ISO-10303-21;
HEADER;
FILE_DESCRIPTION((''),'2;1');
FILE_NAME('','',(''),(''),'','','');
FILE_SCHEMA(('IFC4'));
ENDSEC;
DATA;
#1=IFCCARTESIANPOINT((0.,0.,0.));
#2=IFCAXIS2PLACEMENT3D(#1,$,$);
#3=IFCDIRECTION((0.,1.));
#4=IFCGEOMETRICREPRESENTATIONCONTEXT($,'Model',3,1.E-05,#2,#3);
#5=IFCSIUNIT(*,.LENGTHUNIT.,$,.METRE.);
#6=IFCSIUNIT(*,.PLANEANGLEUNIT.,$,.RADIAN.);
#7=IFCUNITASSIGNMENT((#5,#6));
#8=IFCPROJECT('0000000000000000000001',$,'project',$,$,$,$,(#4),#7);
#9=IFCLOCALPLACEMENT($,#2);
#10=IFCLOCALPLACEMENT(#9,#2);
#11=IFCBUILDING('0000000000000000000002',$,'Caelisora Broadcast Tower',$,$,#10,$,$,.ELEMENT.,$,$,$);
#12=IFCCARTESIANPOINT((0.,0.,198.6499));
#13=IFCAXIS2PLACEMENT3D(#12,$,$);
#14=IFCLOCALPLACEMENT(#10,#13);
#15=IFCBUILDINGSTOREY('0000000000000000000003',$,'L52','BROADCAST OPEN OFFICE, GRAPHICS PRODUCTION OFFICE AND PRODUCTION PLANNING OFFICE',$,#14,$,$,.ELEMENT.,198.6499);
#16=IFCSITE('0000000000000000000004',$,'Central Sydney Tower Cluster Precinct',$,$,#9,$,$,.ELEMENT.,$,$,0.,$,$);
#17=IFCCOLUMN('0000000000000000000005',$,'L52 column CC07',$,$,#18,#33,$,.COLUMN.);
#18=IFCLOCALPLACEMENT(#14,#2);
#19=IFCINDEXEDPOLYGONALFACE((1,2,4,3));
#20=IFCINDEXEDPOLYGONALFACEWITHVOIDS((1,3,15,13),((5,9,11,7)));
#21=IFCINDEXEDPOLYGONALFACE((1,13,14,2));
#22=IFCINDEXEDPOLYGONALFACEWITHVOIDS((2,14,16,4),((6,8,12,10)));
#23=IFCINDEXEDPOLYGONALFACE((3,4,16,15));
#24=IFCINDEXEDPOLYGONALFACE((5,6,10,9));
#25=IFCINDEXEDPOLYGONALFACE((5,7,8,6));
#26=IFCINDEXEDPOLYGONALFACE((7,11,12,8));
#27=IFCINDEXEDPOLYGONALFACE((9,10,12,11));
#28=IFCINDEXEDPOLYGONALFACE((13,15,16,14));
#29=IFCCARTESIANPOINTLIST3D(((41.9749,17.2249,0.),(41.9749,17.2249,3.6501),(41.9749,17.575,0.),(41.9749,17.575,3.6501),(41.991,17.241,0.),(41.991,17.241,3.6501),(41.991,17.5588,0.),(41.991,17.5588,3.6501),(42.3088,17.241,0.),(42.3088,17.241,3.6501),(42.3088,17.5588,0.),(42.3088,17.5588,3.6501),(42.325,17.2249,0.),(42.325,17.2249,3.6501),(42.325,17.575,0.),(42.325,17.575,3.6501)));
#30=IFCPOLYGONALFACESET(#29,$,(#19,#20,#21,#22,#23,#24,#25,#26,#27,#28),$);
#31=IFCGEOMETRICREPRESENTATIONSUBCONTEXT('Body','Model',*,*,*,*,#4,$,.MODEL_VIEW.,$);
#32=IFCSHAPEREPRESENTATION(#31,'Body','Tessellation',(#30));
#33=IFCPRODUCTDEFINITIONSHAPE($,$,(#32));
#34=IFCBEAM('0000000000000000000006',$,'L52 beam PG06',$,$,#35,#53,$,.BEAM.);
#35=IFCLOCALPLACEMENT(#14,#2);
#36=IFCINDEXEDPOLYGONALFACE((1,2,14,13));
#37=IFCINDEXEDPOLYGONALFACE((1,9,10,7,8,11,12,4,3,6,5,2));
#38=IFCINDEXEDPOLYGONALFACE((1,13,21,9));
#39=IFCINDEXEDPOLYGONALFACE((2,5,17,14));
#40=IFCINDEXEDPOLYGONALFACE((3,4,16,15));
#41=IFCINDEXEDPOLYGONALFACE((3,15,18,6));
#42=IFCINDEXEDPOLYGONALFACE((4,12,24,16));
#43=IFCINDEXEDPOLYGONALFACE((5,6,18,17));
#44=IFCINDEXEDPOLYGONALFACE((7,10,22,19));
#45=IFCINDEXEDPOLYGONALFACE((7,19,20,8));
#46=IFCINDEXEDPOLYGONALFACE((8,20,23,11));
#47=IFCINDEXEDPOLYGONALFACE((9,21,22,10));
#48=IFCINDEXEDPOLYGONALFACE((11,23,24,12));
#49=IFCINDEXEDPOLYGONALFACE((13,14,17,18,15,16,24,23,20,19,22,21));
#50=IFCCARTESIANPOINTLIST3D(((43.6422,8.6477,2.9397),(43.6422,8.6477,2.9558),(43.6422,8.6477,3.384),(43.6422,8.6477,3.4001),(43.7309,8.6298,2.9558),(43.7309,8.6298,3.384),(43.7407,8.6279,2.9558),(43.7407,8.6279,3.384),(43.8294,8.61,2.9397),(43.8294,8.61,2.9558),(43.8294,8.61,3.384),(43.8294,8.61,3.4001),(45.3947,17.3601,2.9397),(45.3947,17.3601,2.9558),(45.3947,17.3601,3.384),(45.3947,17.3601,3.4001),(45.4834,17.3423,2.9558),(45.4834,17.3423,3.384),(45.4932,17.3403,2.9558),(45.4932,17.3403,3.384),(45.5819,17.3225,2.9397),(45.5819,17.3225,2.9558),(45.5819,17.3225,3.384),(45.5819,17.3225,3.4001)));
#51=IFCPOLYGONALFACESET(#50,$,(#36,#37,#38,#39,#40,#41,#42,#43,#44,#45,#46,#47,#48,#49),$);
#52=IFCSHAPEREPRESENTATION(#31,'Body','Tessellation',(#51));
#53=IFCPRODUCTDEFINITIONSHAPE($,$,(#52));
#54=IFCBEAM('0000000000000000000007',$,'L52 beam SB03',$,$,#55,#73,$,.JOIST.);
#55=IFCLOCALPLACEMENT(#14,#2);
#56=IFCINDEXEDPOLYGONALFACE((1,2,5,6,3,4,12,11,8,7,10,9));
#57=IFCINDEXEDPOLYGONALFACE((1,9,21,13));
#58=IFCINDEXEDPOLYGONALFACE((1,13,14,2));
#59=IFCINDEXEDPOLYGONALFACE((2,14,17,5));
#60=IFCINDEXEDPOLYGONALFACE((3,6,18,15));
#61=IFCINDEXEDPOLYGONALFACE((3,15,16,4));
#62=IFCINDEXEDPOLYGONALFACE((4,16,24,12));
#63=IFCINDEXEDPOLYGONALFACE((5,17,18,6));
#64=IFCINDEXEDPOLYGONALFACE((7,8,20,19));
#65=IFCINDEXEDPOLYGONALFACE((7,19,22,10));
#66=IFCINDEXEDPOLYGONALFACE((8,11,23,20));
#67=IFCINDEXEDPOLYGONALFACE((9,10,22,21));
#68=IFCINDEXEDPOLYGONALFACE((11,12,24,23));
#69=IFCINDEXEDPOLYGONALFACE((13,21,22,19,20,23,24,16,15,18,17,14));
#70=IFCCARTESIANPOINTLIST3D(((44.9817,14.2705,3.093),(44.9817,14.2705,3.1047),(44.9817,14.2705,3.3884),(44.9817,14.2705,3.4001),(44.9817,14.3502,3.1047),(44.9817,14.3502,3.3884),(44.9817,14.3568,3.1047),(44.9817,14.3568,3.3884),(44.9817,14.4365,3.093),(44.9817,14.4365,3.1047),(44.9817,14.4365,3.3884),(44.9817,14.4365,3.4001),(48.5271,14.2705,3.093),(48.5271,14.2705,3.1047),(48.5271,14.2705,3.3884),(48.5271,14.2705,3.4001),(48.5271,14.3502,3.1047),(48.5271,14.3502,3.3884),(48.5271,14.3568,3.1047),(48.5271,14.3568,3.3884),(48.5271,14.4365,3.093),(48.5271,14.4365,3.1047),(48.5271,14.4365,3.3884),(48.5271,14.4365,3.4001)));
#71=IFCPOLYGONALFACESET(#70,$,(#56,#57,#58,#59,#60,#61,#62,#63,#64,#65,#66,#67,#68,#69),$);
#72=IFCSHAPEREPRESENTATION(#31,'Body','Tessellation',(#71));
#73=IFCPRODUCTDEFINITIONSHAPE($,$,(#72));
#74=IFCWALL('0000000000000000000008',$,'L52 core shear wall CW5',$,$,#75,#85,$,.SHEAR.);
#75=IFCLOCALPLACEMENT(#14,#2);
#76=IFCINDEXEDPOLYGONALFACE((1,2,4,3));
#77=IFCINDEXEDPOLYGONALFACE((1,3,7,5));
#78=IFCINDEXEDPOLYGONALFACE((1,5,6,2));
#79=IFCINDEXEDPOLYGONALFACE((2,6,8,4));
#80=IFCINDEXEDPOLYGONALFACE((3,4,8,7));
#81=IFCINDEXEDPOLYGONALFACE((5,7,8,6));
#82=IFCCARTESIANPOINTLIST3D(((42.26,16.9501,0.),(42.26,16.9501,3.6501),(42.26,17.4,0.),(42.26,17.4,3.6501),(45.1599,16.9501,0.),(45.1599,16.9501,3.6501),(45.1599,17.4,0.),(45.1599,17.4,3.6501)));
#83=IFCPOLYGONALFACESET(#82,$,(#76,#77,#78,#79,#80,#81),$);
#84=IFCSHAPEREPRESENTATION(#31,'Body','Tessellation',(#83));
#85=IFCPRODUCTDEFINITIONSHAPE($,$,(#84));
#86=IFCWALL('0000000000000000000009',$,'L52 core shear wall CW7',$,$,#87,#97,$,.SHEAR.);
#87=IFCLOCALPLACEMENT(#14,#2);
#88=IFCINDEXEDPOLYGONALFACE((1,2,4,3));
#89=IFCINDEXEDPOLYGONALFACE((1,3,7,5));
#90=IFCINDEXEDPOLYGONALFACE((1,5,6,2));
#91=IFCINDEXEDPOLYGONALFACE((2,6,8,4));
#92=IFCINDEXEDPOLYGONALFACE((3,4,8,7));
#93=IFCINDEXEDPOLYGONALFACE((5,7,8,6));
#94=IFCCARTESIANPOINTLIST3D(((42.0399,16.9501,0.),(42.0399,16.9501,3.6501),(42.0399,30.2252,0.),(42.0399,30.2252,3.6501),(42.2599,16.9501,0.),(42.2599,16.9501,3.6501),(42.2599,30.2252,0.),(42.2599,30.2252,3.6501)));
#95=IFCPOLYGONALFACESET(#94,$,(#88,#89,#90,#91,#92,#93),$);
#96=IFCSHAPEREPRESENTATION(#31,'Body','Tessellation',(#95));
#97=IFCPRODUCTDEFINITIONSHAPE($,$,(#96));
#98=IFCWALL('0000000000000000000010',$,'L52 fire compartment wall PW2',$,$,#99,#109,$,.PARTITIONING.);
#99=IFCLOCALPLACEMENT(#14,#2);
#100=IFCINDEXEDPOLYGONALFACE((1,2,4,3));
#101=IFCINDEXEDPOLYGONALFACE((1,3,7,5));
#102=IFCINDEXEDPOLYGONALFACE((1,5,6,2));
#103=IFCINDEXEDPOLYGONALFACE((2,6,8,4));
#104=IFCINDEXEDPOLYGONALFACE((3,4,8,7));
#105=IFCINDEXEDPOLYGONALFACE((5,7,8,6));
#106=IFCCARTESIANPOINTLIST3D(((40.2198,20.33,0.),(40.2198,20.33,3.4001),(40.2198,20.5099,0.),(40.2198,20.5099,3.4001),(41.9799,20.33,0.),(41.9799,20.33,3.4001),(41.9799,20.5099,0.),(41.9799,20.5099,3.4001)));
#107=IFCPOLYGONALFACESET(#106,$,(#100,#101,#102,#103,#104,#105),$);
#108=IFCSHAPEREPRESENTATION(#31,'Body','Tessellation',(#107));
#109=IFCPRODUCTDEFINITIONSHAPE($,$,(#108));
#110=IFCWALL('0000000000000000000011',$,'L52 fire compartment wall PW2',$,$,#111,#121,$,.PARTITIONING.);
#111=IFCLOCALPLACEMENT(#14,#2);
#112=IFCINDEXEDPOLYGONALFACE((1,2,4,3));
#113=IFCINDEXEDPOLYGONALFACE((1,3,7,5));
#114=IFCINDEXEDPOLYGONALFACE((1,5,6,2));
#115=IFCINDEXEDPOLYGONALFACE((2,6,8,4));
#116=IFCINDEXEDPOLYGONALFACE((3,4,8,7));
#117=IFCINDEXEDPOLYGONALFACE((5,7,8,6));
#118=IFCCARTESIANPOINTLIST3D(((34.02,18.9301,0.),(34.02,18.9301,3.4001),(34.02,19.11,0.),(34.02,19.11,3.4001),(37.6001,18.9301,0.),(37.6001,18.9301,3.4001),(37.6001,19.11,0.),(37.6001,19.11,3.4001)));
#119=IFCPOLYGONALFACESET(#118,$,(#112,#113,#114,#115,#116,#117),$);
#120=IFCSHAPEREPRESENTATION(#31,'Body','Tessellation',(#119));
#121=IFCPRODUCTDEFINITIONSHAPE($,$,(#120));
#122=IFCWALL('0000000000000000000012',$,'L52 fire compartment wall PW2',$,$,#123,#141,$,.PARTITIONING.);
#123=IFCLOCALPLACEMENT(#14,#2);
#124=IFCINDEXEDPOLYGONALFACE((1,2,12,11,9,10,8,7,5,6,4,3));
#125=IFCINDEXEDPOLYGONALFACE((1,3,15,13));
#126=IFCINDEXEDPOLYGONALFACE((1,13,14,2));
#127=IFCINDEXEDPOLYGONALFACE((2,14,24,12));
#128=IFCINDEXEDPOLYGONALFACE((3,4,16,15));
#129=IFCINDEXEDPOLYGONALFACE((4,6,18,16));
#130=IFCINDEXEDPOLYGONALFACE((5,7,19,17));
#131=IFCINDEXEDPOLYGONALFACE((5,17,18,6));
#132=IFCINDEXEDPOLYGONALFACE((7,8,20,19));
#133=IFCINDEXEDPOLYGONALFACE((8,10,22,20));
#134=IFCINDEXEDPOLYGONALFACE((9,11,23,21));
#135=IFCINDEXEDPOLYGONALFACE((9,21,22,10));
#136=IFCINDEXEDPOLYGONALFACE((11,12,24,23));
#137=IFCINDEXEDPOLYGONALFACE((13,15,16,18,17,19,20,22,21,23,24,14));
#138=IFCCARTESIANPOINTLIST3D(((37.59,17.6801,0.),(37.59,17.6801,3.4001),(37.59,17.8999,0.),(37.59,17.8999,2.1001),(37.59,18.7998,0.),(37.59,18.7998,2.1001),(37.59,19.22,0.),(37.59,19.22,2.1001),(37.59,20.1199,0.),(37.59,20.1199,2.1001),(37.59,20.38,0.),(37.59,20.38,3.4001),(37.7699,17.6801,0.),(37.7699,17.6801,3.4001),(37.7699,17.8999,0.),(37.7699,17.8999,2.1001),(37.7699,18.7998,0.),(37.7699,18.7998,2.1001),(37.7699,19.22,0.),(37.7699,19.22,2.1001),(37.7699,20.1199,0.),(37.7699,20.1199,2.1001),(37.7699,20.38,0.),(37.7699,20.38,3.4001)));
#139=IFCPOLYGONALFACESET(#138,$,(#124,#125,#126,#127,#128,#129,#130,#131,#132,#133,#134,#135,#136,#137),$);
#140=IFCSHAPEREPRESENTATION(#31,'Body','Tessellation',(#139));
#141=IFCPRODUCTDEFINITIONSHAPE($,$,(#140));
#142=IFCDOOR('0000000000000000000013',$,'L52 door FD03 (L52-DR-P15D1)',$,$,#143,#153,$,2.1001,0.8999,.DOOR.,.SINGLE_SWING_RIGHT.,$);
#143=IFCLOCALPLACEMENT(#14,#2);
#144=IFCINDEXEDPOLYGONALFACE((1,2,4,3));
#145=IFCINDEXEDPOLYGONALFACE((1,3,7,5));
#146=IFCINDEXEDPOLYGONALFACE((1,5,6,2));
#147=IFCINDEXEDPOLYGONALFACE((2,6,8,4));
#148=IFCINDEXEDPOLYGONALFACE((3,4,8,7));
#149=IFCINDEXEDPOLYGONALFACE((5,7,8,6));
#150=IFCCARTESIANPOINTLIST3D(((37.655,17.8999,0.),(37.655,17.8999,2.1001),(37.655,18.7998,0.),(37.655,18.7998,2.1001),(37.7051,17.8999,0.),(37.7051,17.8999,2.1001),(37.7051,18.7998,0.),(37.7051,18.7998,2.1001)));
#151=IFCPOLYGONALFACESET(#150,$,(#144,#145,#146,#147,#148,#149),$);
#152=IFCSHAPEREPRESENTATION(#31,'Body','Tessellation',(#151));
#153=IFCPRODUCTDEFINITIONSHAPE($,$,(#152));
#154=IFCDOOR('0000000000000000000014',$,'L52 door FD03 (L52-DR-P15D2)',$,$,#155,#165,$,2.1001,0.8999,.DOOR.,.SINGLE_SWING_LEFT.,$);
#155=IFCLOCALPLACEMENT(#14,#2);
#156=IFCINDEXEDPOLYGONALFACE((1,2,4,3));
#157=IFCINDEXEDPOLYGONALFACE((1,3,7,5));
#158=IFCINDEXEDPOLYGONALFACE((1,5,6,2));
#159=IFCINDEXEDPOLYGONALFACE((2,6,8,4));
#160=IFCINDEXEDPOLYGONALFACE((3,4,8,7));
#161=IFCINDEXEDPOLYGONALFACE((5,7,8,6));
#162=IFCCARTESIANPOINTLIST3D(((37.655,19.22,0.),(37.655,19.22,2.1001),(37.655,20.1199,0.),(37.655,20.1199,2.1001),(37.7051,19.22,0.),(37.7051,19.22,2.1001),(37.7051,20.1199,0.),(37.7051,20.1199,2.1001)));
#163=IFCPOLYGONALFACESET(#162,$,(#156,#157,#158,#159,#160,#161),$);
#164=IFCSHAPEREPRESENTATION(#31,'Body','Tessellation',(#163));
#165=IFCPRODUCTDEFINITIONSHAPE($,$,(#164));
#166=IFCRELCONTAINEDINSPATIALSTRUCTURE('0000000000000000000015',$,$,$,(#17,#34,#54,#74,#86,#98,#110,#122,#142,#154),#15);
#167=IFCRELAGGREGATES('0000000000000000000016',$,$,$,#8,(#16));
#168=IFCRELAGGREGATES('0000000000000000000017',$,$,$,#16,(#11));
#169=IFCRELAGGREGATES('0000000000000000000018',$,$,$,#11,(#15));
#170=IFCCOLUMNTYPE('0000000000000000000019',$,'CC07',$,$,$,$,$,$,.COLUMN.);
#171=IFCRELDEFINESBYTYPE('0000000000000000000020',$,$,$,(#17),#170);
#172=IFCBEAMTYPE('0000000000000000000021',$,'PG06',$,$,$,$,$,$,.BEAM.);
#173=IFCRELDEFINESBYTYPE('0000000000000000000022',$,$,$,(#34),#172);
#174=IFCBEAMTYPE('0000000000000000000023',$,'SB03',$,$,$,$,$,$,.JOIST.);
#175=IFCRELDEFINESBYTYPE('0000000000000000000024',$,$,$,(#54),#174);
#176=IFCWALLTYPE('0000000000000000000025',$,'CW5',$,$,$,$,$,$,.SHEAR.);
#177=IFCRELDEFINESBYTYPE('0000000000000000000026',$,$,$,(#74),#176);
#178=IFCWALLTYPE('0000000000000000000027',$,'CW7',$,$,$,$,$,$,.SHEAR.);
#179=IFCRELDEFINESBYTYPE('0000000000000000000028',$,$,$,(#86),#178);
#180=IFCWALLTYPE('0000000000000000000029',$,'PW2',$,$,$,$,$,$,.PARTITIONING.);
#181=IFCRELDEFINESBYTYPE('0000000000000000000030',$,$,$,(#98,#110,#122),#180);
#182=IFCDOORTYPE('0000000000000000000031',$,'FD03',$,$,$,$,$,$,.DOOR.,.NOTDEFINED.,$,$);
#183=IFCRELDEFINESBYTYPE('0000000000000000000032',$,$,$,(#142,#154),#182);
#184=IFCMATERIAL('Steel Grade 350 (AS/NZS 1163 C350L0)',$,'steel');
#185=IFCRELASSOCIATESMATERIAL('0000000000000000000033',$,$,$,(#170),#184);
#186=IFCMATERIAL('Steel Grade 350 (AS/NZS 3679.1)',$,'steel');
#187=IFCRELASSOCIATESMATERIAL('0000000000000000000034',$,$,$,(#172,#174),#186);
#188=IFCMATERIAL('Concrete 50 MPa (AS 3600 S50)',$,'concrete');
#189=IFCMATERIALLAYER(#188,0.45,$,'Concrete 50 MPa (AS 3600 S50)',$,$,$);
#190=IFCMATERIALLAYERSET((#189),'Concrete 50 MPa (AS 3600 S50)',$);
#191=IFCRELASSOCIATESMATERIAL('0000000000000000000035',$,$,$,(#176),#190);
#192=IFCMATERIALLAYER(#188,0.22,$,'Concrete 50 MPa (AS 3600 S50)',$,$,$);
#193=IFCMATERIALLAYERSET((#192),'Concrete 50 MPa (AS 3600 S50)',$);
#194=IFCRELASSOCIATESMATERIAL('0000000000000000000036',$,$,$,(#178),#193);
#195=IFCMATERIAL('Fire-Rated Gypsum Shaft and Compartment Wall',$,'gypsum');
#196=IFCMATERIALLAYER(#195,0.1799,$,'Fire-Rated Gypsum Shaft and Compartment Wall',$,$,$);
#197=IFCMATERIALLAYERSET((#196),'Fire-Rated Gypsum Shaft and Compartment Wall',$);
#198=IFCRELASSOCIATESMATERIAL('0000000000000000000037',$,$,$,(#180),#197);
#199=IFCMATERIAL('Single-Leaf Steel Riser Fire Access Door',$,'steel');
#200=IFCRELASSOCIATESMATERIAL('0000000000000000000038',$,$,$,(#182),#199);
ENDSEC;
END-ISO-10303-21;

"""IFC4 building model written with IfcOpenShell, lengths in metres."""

from ifc_helpers import new_model, si_unit, direction, frame, frame_2d, origin, origin_2d, place, context, subcontext, project, spatial, rectangle, hollow_rectangle, i_section, extrude, source, transform, mapped, material, layer, layer_set, material_profile, profile_set, type_object, type_shapes, element, fill, save


model = new_model("IFC4")

# Units and contexts
model_context = context("Model", 3, precision=1e-05, world=origin(), true_north=direction((0.0, 1.0)))
body_context = subcontext(model_context, "Body", "Model", "MODEL_VIEW")
ifc_project = project(units=[si_unit("LENGTHUNIT", "METRE"), si_unit("PLANEANGLEUNIT", "RADIAN")], contexts=[model_context])

# Site, building, storey
site_placement = place(None, origin())
site = spatial("IfcSite", under=ifc_project, at=site_placement, Name="Central Sydney Tower Cluster Precinct", CompositionType="ELEMENT", RefElevation=0.0)
building_placement = place(site_placement, origin())
building = spatial("IfcBuilding", under=site, at=building_placement, Name="Caelisora Broadcast Tower", CompositionType="ELEMENT")
storey_placement = place(building_placement, frame((0.0, 0.0, 198.6499)))
storey = spatial("IfcBuildingStorey", under=building, at=storey_placement, Name="L52", Description="BROADCAST OPEN OFFICE, GRAPHICS PRODUCTION OFFICE AND PRODUCTION PLANNING OFFICE", CompositionType="ELEMENT", Elevation=198.6499)

# Column
ifc_material_1 = material(Name="Steel Grade 350 (AS/NZS 1163 C350L0)", Category="steel")
ifc_material_profile_1 = material_profile(ifc_material_1, hollow_rectangle(XDim=0.3501, YDim=0.3501, WallThickness=0.0161, at=origin_2d()), Name="Steel Grade 350 (AS/NZS 1163 C350L0)")
ifc_profile_set_1 = profile_set([ifc_material_profile_1], Name="Steel Grade 350 (AS/NZS 1163 C350L0)")
column_type = type_object("IfcColumnType", Name="CC07", PredefinedType="COLUMN", material=ifc_profile_set_1)
shared_shape_1 = source(origin(), body_context, "Body", "SweptSolid", [
    extrude(hollow_rectangle(XDim=0.3501, YDim=0.3501, WallThickness=0.0161, at=origin_2d()), origin(), (0.0, 0.0, 1.0), 3.6501),
])
type_shapes(column_type, [shared_shape_1])
column_placement = place(storey_placement, frame((42.1499, 17.3999, 0.0), z_axis=(0.0, 0.0, 1.0), x_axis=(1.0, 0.0, 0.0)))
element("IfcColumn", 1, at=column_placement, inside=storey, type_object=column_type, Name="L52 column CC07", PredefinedType="COLUMN", context=body_context, shape_type="MappedRepresentation", body=[
    mapped(shared_shape_1, transform((0.0, 0.0, 0.0), scale=1.0)),
])

# Beams
ifc_material_2 = material(Name="Steel Grade 350 (AS/NZS 3679.1)", Category="steel")
ifc_material_profile_2 = material_profile(ifc_material_2, i_section(OverallWidth=0.1909, OverallDepth=0.4604, WebThickness=0.01, FlangeThickness=0.0161, at=origin_2d()), Name="Steel Grade 350 (AS/NZS 3679.1)")
ifc_profile_set_2 = profile_set([ifc_material_profile_2], Name="Steel Grade 350 (AS/NZS 3679.1)")
beam_type_1 = type_object("IfcBeamType", Name="PG06", PredefinedType="BEAM", material=ifc_profile_set_2)
shared_shape_2 = source(origin(), body_context, "Body", "SweptSolid", [
    extrude(i_section(OverallWidth=0.1909, OverallDepth=0.4604, WebThickness=0.01, FlangeThickness=0.0161, at=origin_2d()), origin(), (0.0, 0.0, 1.0), 8.887),
])
type_shapes(beam_type_1, [shared_shape_2])
beam_1_placement = place(storey_placement, frame((45.4883, 17.3413, 3.1699), z_axis=(-0.197194, -0.980365, 0.0), x_axis=(0.980365, -0.197194, 0.0)))
element("IfcBeam", 2, at=beam_1_placement, inside=storey, type_object=beam_type_1, Name="L52 beam PG06", PredefinedType="BEAM", context=body_context, shape_type="MappedRepresentation", body=[
    mapped(shared_shape_2, transform((0.0, 0.0, 0.0), scale=1.0)),
])
ifc_material_profile_3 = material_profile(ifc_material_2, i_section(OverallWidth=0.166, OverallDepth=0.3071, WebThickness=0.0066, FlangeThickness=0.0117, at=origin_2d()), Name="Steel Grade 350 (AS/NZS 3679.1)")
ifc_profile_set_3 = profile_set([ifc_material_profile_3], Name="Steel Grade 350 (AS/NZS 3679.1)")
beam_type_2 = type_object("IfcBeamType", Name="SB03", PredefinedType="JOIST", material=ifc_profile_set_3)
shared_shape_3 = source(origin(), body_context, "Body", "SweptSolid", [
    extrude(i_section(OverallWidth=0.166, OverallDepth=0.3071, WebThickness=0.0066, FlangeThickness=0.0117, at=origin_2d()), origin(), (0.0, 0.0, 1.0), 3.5454),
])
type_shapes(beam_type_2, [shared_shape_3])
beam_2_placement = place(storey_placement, frame((44.9817, 14.3535, 3.2466), z_axis=(1.0, 0.0, 0.0), x_axis=(0.0, 1.0, 0.0)))
element("IfcBeam", 3, at=beam_2_placement, inside=storey, type_object=beam_type_2, Name="L52 beam SB03", PredefinedType="JOIST", context=body_context, shape_type="MappedRepresentation", body=[
    mapped(shared_shape_3, transform((0.0, 0.0, 0.0), scale=1.0)),
])

# Shared definitions
ifc_material_3 = material(Name="Concrete 50 MPa (AS 3600 S50)", Category="concrete")

# Walls
ifc_layer_1 = layer(ifc_material_3, 0.45, Name="Concrete 50 MPa (AS 3600 S50)")
ifc_layer_set_1 = layer_set([ifc_layer_1], Name="Concrete 50 MPa (AS 3600 S50)")
wall_type_1 = type_object("IfcWallType", Name="CW5", PredefinedType="SHEAR", material=ifc_layer_set_1)
wall_1_placement = place(storey_placement, frame((42.26, 17.175, 0.0), z_axis=(0.0, 0.0, 1.0), x_axis=(1.0, 0.0, 0.0)))
element("IfcWall", 4, at=wall_1_placement, inside=storey, type_object=wall_type_1, Name="L52 core shear wall CW5", PredefinedType="SHEAR", context=body_context, shape_type="SweptSolid", body=[
    extrude(rectangle(XDim=2.8999, YDim=0.45, at=frame_2d((1.45, 0.0))), origin(), (0.0, 0.0, 1.0), 3.6501),
])
ifc_layer_2 = layer(ifc_material_3, 0.22, Name="Concrete 50 MPa (AS 3600 S50)")
ifc_layer_set_2 = layer_set([ifc_layer_2], Name="Concrete 50 MPa (AS 3600 S50)")
wall_type_2 = type_object("IfcWallType", Name="CW7", PredefinedType="SHEAR", material=ifc_layer_set_2)
wall_2_placement = place(storey_placement, frame((42.1499, 16.95, 0.0), z_axis=(0.0, 0.0, 1.0), x_axis=(0.0, 1.0, 0.0)))
element("IfcWall", 5, at=wall_2_placement, inside=storey, type_object=wall_type_2, Name="L52 core shear wall CW7", PredefinedType="SHEAR", context=body_context, shape_type="SweptSolid", body=[
    extrude(rectangle(XDim=13.2751, YDim=0.22, at=frame_2d((6.6377, 0.0))), origin(), (0.0, 0.0, 1.0), 3.6501),
])
ifc_material_4 = material(Name="Fire-Rated Gypsum Shaft and Compartment Wall", Category="gypsum")
ifc_layer_3 = layer(ifc_material_4, 0.1799, Name="Fire-Rated Gypsum Shaft and Compartment Wall")
ifc_layer_set_3 = layer_set([ifc_layer_3], Name="Fire-Rated Gypsum Shaft and Compartment Wall")
wall_type_3 = type_object("IfcWallType", Name="PW2", PredefinedType="PARTITIONING", material=ifc_layer_set_3)
wall_3_placement = place(storey_placement, frame((40.22, 20.4199, 0.0), z_axis=(0.0, 0.0, 1.0), x_axis=(1.0, 0.0, 0.0)))
element("IfcWall", 6, at=wall_3_placement, inside=storey, type_object=wall_type_3, Name="L52 fire compartment wall PW2", PredefinedType="PARTITIONING", context=body_context, shape_type="SweptSolid", body=[
    extrude(rectangle(XDim=1.76, YDim=0.1799, at=frame_2d((0.8799, 0.0))), origin(), (0.0, 0.0, 1.0), 3.4001),
])
wall_4_placement = place(storey_placement, frame((34.02, 19.02, 0.0), z_axis=(0.0, 0.0, 1.0), x_axis=(1.0, 0.0, 0.0)))
element("IfcWall", 7, at=wall_4_placement, inside=storey, type_object=wall_type_3, Name="L52 fire compartment wall PW2", PredefinedType="PARTITIONING", context=body_context, shape_type="SweptSolid", body=[
    extrude(rectangle(XDim=3.5801, YDim=0.1799, at=frame_2d((1.79, 0.0))), origin(), (0.0, 0.0, 1.0), 3.4001),
])

# Wall, openings, doors
wall_5_placement = place(storey_placement, frame((37.6799, 17.6799, 0.0), z_axis=(0.0, 0.0, 1.0), x_axis=(0.0, 1.0, 0.0)))
wall_5 = element("IfcWall", 8, at=wall_5_placement, inside=storey, type_object=wall_type_3, Name="L52 fire compartment wall PW2", PredefinedType="PARTITIONING", context=body_context, shape_type="SweptSolid", body=[
    extrude(rectangle(XDim=2.7, YDim=0.1799, at=frame_2d((1.3501, 0.0))), origin(), (0.0, 0.0, 1.0), 3.4001),
])
opening_1_placement = place(wall_5_placement, frame((0.22, 0.0, 0.0)))
opening_1 = element("IfcOpeningElement", 9, at=opening_1_placement, cuts=wall_5, PredefinedType="OPENING", context=body_context, shape_type="SweptSolid", body=[
    extrude(rectangle(XDim=0.8999, YDim=2.1001, at=frame_2d((0.45, 1.05))), frame((0.0, 0.1021, 0.0), z_axis=(0.0, -1.0, 0.0), x_axis=(1.0, 0.0, 0.0)), (0.0, 0.0, 1.0), 0.2039),
])
opening_2_placement = place(wall_5_placement, frame((1.54, 0.0, 0.0)))
opening_2 = element("IfcOpeningElement", 10, at=opening_2_placement, cuts=wall_5, PredefinedType="OPENING", context=body_context, shape_type="SweptSolid", body=[
    extrude(rectangle(XDim=0.8999, YDim=2.1001, at=frame_2d((0.45, 1.05))), frame((0.0, 0.1021, 0.0), z_axis=(0.0, -1.0, 0.0), x_axis=(1.0, 0.0, 0.0)), (0.0, 0.0, 1.0), 0.2039),
])
ifc_material_5 = material(Name="Single-Leaf Steel Riser Fire Access Door", Category="steel")
door_type_1 = type_object("IfcDoorType", Name="FD03", OperationType="NOTDEFINED", PredefinedType="DOOR", material=ifc_material_5)
door_1_placement = place(opening_1_placement, origin())
door_1 = element("IfcDoor", 11, at=door_1_placement, inside=storey, type_object=door_type_1, Name="L52 door FD03 (L52-DR-P15D1)", OperationType="SINGLE_SWING_RIGHT", OverallHeight=2.1001, OverallWidth=0.8999, PredefinedType="DOOR", context=body_context, shape_type="SweptSolid", body=[
    extrude(rectangle(XDim=0.8999, YDim=2.1001, at=frame_2d((0.45, 1.05))), frame((0.0, 0.0249, 0.0), z_axis=(0.0, -1.0, 0.0), x_axis=(1.0, 0.0, 0.0)), (0.0, 0.0, 1.0), 0.05),
])
fill(opening_1, door_1)
door_2_placement = place(opening_2_placement, origin())
door_2 = element("IfcDoor", 12, at=door_2_placement, inside=storey, type_object=door_type_1, Name="L52 door FD03 (L52-DR-P15D2)", OperationType="SINGLE_SWING_LEFT", OverallHeight=2.1001, OverallWidth=0.8999, PredefinedType="DOOR", context=body_context, shape_type="SweptSolid", body=[
    extrude(rectangle(XDim=0.8999, YDim=2.1001, at=frame_2d((0.45, 1.05))), frame((0.0, 0.0249, 0.0), z_axis=(0.0, -1.0, 0.0), x_axis=(1.0, 0.0, 0.0)), (0.0, 0.0, 1.0), 0.05),
])
fill(opening_2, door_2)

save(model, "model.ifc")
